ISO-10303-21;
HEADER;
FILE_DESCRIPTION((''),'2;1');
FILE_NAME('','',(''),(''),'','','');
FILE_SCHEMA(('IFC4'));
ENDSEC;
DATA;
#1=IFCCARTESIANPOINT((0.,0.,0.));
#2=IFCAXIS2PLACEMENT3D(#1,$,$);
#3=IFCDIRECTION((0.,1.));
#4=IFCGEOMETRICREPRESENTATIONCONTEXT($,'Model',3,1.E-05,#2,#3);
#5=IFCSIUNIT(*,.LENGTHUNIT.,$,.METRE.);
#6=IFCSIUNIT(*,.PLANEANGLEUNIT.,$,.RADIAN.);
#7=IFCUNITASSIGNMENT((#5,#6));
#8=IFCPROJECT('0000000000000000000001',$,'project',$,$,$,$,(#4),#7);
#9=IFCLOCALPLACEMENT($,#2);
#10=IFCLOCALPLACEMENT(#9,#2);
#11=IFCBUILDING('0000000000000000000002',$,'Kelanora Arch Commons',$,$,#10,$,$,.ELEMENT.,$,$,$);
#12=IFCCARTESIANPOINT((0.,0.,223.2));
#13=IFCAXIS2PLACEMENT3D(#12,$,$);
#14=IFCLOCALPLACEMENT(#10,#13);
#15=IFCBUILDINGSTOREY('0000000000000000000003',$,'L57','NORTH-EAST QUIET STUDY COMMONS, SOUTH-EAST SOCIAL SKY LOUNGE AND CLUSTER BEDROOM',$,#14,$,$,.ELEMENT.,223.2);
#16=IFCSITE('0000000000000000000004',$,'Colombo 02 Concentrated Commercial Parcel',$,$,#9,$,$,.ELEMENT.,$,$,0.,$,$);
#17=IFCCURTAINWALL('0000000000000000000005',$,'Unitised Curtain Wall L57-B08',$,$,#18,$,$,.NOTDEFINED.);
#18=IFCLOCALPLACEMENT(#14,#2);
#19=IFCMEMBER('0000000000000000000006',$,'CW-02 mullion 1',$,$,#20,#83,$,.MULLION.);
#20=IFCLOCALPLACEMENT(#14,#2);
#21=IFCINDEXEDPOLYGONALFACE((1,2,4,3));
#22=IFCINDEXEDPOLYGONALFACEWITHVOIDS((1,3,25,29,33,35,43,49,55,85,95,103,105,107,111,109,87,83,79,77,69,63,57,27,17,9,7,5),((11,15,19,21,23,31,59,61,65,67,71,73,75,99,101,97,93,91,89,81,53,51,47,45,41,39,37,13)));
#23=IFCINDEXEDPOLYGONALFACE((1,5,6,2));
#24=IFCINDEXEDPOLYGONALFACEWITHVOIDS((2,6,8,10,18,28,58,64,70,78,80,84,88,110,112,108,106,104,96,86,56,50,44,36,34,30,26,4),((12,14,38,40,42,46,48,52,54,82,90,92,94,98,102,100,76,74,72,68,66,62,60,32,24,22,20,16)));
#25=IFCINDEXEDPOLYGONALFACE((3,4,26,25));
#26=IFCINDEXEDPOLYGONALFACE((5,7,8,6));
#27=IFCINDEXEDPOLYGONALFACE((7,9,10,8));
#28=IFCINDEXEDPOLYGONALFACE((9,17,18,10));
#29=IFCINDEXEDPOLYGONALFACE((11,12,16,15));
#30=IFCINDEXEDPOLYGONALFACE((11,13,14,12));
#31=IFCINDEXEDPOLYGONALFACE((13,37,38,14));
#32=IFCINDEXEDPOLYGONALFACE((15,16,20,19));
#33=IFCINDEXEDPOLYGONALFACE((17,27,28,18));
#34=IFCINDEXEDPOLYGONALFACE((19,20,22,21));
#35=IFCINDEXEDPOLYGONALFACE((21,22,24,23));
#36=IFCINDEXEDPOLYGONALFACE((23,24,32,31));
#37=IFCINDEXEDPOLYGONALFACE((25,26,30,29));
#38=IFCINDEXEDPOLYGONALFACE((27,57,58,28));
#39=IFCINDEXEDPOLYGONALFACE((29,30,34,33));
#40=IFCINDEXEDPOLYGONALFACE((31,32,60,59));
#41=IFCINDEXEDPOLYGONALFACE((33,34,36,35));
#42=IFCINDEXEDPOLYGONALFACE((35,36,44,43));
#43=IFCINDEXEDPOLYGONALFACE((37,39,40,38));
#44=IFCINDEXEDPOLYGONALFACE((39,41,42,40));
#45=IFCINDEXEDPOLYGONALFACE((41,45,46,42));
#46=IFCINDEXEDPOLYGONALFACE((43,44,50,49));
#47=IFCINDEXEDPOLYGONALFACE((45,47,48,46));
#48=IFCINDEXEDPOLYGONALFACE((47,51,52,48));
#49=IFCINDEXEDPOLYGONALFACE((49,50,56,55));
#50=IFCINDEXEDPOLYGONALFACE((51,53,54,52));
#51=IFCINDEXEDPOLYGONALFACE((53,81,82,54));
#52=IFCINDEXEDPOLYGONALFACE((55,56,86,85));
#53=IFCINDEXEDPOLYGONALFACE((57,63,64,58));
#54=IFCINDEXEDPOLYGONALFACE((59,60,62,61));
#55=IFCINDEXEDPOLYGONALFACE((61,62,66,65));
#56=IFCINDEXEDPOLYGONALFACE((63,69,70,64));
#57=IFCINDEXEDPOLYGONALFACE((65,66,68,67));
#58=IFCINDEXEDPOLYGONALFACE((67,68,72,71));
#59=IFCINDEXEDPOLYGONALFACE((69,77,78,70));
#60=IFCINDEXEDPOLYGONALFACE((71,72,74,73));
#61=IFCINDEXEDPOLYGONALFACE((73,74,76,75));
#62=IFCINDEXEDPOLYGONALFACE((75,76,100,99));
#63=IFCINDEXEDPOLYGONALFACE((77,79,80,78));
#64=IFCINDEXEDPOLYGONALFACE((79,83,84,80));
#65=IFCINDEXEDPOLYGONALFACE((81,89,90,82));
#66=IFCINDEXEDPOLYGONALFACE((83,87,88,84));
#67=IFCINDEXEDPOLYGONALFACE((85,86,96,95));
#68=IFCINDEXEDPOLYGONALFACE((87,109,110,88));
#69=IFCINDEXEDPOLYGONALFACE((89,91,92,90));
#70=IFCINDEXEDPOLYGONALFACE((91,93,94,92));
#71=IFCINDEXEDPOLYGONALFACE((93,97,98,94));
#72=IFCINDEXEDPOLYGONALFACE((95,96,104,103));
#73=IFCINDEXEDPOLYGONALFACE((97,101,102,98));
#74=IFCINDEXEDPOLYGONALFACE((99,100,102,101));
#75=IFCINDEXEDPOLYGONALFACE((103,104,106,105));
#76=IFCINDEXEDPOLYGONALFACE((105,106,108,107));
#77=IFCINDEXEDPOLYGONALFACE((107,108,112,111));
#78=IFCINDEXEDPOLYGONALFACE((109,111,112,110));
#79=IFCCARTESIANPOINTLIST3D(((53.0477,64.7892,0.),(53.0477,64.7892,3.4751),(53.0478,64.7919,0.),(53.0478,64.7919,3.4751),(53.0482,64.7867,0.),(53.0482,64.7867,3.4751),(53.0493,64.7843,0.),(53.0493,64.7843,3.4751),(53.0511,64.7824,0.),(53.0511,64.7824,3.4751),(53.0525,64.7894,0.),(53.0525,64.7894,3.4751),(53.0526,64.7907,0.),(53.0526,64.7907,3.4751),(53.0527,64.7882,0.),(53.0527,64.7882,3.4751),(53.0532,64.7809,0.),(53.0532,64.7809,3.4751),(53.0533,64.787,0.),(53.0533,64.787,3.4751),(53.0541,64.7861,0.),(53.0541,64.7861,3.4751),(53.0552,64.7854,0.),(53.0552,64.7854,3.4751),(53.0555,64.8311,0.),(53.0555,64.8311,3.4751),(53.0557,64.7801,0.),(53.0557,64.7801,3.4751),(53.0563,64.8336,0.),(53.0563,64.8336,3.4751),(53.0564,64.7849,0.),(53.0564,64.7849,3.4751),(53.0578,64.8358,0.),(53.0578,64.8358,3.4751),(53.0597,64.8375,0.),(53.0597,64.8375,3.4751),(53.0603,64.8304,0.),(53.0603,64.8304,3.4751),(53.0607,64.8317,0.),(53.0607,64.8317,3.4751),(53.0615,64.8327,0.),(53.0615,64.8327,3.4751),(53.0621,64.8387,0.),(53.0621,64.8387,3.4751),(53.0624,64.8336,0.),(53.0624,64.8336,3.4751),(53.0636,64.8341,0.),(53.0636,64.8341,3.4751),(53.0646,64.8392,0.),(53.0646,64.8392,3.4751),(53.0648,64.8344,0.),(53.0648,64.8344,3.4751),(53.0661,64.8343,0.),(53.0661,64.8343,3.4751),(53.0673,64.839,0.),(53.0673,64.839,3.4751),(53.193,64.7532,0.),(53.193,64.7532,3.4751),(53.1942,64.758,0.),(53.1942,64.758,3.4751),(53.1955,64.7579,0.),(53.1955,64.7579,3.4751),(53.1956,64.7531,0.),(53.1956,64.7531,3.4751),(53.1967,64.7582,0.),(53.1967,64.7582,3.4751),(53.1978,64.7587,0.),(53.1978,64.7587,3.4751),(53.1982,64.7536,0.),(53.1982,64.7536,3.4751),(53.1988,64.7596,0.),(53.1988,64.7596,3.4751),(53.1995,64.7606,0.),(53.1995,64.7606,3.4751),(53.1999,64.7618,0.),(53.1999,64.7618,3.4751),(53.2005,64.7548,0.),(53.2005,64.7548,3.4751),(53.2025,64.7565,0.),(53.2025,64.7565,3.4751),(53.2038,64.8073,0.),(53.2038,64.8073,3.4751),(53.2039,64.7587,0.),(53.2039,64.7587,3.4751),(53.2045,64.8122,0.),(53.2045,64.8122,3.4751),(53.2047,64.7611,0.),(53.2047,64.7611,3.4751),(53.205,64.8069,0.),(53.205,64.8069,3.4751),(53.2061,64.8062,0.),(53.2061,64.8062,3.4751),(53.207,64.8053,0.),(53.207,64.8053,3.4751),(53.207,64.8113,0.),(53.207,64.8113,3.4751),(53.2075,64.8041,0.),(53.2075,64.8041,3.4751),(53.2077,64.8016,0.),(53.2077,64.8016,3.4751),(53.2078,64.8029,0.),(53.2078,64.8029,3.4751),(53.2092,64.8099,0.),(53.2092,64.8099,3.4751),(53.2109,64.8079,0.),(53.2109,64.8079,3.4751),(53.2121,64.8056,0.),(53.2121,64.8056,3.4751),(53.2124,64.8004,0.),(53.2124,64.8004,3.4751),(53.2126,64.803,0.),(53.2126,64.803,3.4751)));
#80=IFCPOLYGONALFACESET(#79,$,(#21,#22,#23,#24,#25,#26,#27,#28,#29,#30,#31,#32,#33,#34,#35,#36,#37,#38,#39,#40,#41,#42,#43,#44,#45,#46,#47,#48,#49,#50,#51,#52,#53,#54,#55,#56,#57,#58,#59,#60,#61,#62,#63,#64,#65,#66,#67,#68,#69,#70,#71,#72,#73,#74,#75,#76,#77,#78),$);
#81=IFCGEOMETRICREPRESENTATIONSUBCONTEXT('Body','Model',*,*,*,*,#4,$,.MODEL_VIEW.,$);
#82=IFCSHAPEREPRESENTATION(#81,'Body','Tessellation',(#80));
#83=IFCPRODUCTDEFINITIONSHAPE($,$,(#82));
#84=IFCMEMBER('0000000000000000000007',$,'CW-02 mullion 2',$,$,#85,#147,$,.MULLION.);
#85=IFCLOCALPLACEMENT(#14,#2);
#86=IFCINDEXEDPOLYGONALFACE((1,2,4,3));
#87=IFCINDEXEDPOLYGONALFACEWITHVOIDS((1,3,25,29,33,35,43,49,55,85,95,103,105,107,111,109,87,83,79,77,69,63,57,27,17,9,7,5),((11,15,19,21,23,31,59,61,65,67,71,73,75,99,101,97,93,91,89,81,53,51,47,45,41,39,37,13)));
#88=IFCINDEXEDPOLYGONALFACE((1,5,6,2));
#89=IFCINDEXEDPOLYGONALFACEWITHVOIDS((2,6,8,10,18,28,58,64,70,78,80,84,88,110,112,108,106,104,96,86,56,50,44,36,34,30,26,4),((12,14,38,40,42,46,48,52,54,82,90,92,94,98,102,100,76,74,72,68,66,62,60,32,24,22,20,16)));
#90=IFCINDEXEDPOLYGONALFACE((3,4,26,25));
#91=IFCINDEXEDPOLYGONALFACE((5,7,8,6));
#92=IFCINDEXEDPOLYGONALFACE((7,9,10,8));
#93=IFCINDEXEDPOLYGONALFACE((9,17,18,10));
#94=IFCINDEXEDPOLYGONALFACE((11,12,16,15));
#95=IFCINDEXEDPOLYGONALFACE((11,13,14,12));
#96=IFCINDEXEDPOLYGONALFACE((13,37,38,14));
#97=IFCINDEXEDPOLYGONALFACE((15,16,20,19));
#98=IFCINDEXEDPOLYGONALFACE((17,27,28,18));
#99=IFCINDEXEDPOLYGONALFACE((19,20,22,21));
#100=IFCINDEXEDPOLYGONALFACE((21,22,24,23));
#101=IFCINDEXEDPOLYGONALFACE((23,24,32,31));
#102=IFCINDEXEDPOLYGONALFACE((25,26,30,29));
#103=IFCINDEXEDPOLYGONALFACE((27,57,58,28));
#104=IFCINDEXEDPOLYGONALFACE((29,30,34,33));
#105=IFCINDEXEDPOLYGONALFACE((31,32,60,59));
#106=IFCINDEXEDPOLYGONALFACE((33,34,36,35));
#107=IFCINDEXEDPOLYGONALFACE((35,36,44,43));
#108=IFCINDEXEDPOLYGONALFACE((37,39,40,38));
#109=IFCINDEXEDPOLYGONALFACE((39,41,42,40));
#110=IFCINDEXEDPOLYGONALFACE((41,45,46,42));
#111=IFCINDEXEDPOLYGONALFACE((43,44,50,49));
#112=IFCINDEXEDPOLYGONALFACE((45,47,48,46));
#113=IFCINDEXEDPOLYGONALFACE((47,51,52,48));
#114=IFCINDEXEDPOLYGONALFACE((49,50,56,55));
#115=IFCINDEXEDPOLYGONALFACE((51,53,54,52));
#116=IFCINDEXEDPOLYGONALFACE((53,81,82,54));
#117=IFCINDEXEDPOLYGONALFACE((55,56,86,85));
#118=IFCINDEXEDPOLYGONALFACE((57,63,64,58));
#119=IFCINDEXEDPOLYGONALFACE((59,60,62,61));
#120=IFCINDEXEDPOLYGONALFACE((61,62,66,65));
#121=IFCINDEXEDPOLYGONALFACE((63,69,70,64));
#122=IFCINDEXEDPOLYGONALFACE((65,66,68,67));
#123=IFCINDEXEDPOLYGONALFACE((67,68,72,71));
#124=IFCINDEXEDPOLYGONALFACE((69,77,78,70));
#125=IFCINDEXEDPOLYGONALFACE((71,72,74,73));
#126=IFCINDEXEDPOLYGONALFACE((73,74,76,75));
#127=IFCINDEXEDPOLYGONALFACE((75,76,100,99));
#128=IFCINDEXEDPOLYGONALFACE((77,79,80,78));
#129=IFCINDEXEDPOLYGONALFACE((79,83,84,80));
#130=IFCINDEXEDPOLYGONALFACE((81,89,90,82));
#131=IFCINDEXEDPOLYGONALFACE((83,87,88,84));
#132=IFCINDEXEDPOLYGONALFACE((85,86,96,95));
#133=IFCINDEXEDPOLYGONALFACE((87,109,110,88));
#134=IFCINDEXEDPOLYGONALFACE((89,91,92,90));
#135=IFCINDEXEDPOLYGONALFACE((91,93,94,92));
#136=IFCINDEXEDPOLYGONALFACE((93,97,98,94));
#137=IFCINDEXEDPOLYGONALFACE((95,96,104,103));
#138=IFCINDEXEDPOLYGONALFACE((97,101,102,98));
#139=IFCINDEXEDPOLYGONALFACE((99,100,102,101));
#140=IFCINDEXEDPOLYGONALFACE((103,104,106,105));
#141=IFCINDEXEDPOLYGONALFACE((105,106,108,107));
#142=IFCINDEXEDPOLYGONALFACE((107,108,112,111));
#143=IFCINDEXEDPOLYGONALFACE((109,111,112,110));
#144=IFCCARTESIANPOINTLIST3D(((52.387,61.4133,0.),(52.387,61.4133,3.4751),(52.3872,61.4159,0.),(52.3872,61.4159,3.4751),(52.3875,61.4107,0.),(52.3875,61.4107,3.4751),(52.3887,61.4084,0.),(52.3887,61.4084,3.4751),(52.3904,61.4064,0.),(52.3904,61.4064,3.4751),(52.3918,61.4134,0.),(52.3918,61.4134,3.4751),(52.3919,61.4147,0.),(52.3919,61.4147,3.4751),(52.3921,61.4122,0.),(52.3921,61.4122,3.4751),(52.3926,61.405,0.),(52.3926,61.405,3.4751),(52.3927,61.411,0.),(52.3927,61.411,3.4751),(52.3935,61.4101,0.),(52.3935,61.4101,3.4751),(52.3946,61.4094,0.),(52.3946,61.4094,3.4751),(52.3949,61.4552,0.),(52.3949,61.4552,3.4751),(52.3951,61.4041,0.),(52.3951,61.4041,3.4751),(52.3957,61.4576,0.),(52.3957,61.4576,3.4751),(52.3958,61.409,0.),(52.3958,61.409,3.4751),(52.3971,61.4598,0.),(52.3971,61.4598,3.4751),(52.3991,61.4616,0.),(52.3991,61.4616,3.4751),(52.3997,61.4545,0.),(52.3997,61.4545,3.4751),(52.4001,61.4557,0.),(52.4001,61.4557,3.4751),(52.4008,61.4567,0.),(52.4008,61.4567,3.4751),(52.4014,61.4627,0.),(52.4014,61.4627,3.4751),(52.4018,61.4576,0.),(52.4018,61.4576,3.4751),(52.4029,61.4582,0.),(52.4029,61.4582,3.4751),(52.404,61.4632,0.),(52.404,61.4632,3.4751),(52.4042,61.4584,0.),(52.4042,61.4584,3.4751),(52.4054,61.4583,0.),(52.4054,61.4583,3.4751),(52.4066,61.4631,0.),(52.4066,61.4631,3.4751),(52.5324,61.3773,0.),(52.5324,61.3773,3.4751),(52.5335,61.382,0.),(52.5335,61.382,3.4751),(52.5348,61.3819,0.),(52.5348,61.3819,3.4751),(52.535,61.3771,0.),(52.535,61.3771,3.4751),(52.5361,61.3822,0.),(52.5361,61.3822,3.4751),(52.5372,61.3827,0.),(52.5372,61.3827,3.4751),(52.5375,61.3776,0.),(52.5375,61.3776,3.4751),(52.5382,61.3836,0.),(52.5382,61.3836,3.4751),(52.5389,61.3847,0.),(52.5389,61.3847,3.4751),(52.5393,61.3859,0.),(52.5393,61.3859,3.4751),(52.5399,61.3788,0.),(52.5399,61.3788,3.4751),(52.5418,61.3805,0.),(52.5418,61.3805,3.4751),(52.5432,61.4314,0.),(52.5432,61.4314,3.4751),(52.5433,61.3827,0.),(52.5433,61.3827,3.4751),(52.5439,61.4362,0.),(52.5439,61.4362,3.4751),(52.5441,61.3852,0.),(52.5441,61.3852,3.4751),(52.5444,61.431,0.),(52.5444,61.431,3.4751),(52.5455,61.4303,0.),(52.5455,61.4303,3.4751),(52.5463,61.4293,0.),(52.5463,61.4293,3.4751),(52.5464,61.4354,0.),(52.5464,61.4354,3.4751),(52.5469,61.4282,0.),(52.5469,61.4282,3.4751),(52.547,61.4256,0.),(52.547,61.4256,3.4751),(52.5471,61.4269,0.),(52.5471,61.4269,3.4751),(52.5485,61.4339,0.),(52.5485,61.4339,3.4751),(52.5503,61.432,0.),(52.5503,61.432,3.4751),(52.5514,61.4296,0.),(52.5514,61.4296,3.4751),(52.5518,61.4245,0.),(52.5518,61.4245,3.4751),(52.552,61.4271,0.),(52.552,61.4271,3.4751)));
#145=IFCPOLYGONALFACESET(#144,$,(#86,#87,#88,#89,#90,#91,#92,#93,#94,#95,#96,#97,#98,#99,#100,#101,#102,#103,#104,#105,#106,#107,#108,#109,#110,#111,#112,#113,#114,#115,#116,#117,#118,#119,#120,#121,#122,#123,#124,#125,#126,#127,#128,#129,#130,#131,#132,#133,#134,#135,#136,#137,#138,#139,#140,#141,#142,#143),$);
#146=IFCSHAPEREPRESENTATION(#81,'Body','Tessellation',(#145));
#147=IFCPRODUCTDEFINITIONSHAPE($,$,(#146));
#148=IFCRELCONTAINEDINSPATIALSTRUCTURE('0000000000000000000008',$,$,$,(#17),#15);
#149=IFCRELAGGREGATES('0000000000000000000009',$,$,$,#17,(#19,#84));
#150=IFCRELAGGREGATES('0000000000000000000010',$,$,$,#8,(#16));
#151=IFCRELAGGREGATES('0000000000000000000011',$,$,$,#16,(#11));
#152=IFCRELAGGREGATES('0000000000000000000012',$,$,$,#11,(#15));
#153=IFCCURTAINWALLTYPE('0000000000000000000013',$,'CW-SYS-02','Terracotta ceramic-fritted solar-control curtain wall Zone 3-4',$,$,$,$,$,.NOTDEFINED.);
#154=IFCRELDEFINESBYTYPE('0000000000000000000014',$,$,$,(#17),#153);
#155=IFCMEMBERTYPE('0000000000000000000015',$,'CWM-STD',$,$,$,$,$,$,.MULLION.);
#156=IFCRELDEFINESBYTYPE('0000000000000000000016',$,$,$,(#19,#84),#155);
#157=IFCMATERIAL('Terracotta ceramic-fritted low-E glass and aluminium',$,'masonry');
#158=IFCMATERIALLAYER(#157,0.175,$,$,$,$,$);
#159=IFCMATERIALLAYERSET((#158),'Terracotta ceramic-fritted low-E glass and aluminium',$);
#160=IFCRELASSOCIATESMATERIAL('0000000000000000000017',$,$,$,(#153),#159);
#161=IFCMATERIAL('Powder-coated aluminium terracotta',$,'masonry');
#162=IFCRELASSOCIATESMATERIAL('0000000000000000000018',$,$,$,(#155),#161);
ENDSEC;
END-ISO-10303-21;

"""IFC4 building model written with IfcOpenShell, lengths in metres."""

from ifc_helpers import new_model, si_unit, direction, frame, origin, origin_2d, place, context, subcontext, project, spatial, hollow_rectangle, extrude, material, layer, layer_set, material_profile, profile_set, type_object, element, aggregate, save


model = new_model("IFC4")

# Units and contexts
model_context = context("Model", 3, precision=1e-05, world=origin(), true_north=direction((0.0, 1.0)))
body_context = subcontext(model_context, "Body", "Model", "MODEL_VIEW")
ifc_project = project(units=[si_unit("LENGTHUNIT", "METRE"), si_unit("PLANEANGLEUNIT", "RADIAN")], contexts=[model_context])

# Site, building, storey
site_placement = place(None, origin())
site = spatial("IfcSite", under=ifc_project, at=site_placement, Name="Colombo 02 Concentrated Commercial Parcel", CompositionType="ELEMENT", RefElevation=0.0)
building_placement = place(site_placement, origin())
building = spatial("IfcBuilding", under=site, at=building_placement, Name="Kelanora Arch Commons", CompositionType="ELEMENT")
storey_placement = place(building_placement, frame((0.0, 0.0, 223.2)))
storey = spatial("IfcBuildingStorey", under=building, at=storey_placement, Name="L57", Description="NORTH-EAST QUIET STUDY COMMONS, SOUTH-EAST SOCIAL SKY LOUNGE AND CLUSTER BEDROOM", CompositionType="ELEMENT", Elevation=223.2)

# Curtain wall, members
ifc_material_1 = material(Name="Terracotta ceramic-fritted low-E glass and aluminium", Category="masonry")
ifc_layer_1 = layer(ifc_material_1, 0.175)
ifc_layer_set_1 = layer_set([ifc_layer_1], Name="Terracotta ceramic-fritted low-E glass and aluminium")
curtain_wall_type = type_object("IfcCurtainWallType", Name="CW-SYS-02", Description="Terracotta ceramic-fritted solar-control curtain wall Zone 3-4", PredefinedType="NOTDEFINED", material=ifc_layer_set_1)
curtain_wall_placement = place(storey_placement, origin())
curtain_wall = element("IfcCurtainWall", 1, at=curtain_wall_placement, inside=storey, type_object=curtain_wall_type, Name="Unitised Curtain Wall L57-B08", PredefinedType="NOTDEFINED")
ifc_material_2 = material(Name="Powder-coated aluminium terracotta", Category="masonry")
ifc_material_profile_1 = material_profile(ifc_material_2, hollow_rectangle(XDim=0.1599, YDim=0.0601, WallThickness=0.0049, InnerFilletRadius=0.0049, OuterFilletRadius=0.01, at=origin_2d()), Name="CWM160x60")
ifc_profile_set_1 = profile_set([ifc_material_profile_1], Name="Powder-coated aluminium terracotta")
member_type_1 = type_object("IfcMemberType", Name="CWM-STD", PredefinedType="MULLION", material=ifc_profile_set_1)
member_1_placement = place(storey_placement, frame((53.1301, 64.7961, 0.0), z_axis=(0.0, 0.0, 1.0), x_axis=(0.981381, -0.192069, 0.0)))
member_1 = element("IfcMember", 2, at=member_1_placement, type_object=member_type_1, Name="CW-02 mullion 1", PredefinedType="MULLION", context=body_context, shape_type="SweptSolid", body=[
    extrude(hollow_rectangle(XDim=0.1599, YDim=0.0601, WallThickness=0.0049, InnerFilletRadius=0.0049, OuterFilletRadius=0.01, at=origin_2d()), origin(), (0.0, 0.0, 1.0), 3.4751),
])
member_2_placement = place(storey_placement, frame((52.4695, 61.4202, 0.0), z_axis=(0.0, 0.0, 1.0), x_axis=(0.981381, -0.192069, 0.0)))
member_2 = element("IfcMember", 3, at=member_2_placement, type_object=member_type_1, Name="CW-02 mullion 2", PredefinedType="MULLION", context=body_context, shape_type="SweptSolid", body=[
    extrude(hollow_rectangle(XDim=0.1599, YDim=0.0601, WallThickness=0.0049, InnerFilletRadius=0.0049, OuterFilletRadius=0.01, at=origin_2d()), origin(), (0.0, 0.0, 1.0), 3.4751),
])
aggregate(curtain_wall, [member_1, member_2])

save(model, "model.ifc")
